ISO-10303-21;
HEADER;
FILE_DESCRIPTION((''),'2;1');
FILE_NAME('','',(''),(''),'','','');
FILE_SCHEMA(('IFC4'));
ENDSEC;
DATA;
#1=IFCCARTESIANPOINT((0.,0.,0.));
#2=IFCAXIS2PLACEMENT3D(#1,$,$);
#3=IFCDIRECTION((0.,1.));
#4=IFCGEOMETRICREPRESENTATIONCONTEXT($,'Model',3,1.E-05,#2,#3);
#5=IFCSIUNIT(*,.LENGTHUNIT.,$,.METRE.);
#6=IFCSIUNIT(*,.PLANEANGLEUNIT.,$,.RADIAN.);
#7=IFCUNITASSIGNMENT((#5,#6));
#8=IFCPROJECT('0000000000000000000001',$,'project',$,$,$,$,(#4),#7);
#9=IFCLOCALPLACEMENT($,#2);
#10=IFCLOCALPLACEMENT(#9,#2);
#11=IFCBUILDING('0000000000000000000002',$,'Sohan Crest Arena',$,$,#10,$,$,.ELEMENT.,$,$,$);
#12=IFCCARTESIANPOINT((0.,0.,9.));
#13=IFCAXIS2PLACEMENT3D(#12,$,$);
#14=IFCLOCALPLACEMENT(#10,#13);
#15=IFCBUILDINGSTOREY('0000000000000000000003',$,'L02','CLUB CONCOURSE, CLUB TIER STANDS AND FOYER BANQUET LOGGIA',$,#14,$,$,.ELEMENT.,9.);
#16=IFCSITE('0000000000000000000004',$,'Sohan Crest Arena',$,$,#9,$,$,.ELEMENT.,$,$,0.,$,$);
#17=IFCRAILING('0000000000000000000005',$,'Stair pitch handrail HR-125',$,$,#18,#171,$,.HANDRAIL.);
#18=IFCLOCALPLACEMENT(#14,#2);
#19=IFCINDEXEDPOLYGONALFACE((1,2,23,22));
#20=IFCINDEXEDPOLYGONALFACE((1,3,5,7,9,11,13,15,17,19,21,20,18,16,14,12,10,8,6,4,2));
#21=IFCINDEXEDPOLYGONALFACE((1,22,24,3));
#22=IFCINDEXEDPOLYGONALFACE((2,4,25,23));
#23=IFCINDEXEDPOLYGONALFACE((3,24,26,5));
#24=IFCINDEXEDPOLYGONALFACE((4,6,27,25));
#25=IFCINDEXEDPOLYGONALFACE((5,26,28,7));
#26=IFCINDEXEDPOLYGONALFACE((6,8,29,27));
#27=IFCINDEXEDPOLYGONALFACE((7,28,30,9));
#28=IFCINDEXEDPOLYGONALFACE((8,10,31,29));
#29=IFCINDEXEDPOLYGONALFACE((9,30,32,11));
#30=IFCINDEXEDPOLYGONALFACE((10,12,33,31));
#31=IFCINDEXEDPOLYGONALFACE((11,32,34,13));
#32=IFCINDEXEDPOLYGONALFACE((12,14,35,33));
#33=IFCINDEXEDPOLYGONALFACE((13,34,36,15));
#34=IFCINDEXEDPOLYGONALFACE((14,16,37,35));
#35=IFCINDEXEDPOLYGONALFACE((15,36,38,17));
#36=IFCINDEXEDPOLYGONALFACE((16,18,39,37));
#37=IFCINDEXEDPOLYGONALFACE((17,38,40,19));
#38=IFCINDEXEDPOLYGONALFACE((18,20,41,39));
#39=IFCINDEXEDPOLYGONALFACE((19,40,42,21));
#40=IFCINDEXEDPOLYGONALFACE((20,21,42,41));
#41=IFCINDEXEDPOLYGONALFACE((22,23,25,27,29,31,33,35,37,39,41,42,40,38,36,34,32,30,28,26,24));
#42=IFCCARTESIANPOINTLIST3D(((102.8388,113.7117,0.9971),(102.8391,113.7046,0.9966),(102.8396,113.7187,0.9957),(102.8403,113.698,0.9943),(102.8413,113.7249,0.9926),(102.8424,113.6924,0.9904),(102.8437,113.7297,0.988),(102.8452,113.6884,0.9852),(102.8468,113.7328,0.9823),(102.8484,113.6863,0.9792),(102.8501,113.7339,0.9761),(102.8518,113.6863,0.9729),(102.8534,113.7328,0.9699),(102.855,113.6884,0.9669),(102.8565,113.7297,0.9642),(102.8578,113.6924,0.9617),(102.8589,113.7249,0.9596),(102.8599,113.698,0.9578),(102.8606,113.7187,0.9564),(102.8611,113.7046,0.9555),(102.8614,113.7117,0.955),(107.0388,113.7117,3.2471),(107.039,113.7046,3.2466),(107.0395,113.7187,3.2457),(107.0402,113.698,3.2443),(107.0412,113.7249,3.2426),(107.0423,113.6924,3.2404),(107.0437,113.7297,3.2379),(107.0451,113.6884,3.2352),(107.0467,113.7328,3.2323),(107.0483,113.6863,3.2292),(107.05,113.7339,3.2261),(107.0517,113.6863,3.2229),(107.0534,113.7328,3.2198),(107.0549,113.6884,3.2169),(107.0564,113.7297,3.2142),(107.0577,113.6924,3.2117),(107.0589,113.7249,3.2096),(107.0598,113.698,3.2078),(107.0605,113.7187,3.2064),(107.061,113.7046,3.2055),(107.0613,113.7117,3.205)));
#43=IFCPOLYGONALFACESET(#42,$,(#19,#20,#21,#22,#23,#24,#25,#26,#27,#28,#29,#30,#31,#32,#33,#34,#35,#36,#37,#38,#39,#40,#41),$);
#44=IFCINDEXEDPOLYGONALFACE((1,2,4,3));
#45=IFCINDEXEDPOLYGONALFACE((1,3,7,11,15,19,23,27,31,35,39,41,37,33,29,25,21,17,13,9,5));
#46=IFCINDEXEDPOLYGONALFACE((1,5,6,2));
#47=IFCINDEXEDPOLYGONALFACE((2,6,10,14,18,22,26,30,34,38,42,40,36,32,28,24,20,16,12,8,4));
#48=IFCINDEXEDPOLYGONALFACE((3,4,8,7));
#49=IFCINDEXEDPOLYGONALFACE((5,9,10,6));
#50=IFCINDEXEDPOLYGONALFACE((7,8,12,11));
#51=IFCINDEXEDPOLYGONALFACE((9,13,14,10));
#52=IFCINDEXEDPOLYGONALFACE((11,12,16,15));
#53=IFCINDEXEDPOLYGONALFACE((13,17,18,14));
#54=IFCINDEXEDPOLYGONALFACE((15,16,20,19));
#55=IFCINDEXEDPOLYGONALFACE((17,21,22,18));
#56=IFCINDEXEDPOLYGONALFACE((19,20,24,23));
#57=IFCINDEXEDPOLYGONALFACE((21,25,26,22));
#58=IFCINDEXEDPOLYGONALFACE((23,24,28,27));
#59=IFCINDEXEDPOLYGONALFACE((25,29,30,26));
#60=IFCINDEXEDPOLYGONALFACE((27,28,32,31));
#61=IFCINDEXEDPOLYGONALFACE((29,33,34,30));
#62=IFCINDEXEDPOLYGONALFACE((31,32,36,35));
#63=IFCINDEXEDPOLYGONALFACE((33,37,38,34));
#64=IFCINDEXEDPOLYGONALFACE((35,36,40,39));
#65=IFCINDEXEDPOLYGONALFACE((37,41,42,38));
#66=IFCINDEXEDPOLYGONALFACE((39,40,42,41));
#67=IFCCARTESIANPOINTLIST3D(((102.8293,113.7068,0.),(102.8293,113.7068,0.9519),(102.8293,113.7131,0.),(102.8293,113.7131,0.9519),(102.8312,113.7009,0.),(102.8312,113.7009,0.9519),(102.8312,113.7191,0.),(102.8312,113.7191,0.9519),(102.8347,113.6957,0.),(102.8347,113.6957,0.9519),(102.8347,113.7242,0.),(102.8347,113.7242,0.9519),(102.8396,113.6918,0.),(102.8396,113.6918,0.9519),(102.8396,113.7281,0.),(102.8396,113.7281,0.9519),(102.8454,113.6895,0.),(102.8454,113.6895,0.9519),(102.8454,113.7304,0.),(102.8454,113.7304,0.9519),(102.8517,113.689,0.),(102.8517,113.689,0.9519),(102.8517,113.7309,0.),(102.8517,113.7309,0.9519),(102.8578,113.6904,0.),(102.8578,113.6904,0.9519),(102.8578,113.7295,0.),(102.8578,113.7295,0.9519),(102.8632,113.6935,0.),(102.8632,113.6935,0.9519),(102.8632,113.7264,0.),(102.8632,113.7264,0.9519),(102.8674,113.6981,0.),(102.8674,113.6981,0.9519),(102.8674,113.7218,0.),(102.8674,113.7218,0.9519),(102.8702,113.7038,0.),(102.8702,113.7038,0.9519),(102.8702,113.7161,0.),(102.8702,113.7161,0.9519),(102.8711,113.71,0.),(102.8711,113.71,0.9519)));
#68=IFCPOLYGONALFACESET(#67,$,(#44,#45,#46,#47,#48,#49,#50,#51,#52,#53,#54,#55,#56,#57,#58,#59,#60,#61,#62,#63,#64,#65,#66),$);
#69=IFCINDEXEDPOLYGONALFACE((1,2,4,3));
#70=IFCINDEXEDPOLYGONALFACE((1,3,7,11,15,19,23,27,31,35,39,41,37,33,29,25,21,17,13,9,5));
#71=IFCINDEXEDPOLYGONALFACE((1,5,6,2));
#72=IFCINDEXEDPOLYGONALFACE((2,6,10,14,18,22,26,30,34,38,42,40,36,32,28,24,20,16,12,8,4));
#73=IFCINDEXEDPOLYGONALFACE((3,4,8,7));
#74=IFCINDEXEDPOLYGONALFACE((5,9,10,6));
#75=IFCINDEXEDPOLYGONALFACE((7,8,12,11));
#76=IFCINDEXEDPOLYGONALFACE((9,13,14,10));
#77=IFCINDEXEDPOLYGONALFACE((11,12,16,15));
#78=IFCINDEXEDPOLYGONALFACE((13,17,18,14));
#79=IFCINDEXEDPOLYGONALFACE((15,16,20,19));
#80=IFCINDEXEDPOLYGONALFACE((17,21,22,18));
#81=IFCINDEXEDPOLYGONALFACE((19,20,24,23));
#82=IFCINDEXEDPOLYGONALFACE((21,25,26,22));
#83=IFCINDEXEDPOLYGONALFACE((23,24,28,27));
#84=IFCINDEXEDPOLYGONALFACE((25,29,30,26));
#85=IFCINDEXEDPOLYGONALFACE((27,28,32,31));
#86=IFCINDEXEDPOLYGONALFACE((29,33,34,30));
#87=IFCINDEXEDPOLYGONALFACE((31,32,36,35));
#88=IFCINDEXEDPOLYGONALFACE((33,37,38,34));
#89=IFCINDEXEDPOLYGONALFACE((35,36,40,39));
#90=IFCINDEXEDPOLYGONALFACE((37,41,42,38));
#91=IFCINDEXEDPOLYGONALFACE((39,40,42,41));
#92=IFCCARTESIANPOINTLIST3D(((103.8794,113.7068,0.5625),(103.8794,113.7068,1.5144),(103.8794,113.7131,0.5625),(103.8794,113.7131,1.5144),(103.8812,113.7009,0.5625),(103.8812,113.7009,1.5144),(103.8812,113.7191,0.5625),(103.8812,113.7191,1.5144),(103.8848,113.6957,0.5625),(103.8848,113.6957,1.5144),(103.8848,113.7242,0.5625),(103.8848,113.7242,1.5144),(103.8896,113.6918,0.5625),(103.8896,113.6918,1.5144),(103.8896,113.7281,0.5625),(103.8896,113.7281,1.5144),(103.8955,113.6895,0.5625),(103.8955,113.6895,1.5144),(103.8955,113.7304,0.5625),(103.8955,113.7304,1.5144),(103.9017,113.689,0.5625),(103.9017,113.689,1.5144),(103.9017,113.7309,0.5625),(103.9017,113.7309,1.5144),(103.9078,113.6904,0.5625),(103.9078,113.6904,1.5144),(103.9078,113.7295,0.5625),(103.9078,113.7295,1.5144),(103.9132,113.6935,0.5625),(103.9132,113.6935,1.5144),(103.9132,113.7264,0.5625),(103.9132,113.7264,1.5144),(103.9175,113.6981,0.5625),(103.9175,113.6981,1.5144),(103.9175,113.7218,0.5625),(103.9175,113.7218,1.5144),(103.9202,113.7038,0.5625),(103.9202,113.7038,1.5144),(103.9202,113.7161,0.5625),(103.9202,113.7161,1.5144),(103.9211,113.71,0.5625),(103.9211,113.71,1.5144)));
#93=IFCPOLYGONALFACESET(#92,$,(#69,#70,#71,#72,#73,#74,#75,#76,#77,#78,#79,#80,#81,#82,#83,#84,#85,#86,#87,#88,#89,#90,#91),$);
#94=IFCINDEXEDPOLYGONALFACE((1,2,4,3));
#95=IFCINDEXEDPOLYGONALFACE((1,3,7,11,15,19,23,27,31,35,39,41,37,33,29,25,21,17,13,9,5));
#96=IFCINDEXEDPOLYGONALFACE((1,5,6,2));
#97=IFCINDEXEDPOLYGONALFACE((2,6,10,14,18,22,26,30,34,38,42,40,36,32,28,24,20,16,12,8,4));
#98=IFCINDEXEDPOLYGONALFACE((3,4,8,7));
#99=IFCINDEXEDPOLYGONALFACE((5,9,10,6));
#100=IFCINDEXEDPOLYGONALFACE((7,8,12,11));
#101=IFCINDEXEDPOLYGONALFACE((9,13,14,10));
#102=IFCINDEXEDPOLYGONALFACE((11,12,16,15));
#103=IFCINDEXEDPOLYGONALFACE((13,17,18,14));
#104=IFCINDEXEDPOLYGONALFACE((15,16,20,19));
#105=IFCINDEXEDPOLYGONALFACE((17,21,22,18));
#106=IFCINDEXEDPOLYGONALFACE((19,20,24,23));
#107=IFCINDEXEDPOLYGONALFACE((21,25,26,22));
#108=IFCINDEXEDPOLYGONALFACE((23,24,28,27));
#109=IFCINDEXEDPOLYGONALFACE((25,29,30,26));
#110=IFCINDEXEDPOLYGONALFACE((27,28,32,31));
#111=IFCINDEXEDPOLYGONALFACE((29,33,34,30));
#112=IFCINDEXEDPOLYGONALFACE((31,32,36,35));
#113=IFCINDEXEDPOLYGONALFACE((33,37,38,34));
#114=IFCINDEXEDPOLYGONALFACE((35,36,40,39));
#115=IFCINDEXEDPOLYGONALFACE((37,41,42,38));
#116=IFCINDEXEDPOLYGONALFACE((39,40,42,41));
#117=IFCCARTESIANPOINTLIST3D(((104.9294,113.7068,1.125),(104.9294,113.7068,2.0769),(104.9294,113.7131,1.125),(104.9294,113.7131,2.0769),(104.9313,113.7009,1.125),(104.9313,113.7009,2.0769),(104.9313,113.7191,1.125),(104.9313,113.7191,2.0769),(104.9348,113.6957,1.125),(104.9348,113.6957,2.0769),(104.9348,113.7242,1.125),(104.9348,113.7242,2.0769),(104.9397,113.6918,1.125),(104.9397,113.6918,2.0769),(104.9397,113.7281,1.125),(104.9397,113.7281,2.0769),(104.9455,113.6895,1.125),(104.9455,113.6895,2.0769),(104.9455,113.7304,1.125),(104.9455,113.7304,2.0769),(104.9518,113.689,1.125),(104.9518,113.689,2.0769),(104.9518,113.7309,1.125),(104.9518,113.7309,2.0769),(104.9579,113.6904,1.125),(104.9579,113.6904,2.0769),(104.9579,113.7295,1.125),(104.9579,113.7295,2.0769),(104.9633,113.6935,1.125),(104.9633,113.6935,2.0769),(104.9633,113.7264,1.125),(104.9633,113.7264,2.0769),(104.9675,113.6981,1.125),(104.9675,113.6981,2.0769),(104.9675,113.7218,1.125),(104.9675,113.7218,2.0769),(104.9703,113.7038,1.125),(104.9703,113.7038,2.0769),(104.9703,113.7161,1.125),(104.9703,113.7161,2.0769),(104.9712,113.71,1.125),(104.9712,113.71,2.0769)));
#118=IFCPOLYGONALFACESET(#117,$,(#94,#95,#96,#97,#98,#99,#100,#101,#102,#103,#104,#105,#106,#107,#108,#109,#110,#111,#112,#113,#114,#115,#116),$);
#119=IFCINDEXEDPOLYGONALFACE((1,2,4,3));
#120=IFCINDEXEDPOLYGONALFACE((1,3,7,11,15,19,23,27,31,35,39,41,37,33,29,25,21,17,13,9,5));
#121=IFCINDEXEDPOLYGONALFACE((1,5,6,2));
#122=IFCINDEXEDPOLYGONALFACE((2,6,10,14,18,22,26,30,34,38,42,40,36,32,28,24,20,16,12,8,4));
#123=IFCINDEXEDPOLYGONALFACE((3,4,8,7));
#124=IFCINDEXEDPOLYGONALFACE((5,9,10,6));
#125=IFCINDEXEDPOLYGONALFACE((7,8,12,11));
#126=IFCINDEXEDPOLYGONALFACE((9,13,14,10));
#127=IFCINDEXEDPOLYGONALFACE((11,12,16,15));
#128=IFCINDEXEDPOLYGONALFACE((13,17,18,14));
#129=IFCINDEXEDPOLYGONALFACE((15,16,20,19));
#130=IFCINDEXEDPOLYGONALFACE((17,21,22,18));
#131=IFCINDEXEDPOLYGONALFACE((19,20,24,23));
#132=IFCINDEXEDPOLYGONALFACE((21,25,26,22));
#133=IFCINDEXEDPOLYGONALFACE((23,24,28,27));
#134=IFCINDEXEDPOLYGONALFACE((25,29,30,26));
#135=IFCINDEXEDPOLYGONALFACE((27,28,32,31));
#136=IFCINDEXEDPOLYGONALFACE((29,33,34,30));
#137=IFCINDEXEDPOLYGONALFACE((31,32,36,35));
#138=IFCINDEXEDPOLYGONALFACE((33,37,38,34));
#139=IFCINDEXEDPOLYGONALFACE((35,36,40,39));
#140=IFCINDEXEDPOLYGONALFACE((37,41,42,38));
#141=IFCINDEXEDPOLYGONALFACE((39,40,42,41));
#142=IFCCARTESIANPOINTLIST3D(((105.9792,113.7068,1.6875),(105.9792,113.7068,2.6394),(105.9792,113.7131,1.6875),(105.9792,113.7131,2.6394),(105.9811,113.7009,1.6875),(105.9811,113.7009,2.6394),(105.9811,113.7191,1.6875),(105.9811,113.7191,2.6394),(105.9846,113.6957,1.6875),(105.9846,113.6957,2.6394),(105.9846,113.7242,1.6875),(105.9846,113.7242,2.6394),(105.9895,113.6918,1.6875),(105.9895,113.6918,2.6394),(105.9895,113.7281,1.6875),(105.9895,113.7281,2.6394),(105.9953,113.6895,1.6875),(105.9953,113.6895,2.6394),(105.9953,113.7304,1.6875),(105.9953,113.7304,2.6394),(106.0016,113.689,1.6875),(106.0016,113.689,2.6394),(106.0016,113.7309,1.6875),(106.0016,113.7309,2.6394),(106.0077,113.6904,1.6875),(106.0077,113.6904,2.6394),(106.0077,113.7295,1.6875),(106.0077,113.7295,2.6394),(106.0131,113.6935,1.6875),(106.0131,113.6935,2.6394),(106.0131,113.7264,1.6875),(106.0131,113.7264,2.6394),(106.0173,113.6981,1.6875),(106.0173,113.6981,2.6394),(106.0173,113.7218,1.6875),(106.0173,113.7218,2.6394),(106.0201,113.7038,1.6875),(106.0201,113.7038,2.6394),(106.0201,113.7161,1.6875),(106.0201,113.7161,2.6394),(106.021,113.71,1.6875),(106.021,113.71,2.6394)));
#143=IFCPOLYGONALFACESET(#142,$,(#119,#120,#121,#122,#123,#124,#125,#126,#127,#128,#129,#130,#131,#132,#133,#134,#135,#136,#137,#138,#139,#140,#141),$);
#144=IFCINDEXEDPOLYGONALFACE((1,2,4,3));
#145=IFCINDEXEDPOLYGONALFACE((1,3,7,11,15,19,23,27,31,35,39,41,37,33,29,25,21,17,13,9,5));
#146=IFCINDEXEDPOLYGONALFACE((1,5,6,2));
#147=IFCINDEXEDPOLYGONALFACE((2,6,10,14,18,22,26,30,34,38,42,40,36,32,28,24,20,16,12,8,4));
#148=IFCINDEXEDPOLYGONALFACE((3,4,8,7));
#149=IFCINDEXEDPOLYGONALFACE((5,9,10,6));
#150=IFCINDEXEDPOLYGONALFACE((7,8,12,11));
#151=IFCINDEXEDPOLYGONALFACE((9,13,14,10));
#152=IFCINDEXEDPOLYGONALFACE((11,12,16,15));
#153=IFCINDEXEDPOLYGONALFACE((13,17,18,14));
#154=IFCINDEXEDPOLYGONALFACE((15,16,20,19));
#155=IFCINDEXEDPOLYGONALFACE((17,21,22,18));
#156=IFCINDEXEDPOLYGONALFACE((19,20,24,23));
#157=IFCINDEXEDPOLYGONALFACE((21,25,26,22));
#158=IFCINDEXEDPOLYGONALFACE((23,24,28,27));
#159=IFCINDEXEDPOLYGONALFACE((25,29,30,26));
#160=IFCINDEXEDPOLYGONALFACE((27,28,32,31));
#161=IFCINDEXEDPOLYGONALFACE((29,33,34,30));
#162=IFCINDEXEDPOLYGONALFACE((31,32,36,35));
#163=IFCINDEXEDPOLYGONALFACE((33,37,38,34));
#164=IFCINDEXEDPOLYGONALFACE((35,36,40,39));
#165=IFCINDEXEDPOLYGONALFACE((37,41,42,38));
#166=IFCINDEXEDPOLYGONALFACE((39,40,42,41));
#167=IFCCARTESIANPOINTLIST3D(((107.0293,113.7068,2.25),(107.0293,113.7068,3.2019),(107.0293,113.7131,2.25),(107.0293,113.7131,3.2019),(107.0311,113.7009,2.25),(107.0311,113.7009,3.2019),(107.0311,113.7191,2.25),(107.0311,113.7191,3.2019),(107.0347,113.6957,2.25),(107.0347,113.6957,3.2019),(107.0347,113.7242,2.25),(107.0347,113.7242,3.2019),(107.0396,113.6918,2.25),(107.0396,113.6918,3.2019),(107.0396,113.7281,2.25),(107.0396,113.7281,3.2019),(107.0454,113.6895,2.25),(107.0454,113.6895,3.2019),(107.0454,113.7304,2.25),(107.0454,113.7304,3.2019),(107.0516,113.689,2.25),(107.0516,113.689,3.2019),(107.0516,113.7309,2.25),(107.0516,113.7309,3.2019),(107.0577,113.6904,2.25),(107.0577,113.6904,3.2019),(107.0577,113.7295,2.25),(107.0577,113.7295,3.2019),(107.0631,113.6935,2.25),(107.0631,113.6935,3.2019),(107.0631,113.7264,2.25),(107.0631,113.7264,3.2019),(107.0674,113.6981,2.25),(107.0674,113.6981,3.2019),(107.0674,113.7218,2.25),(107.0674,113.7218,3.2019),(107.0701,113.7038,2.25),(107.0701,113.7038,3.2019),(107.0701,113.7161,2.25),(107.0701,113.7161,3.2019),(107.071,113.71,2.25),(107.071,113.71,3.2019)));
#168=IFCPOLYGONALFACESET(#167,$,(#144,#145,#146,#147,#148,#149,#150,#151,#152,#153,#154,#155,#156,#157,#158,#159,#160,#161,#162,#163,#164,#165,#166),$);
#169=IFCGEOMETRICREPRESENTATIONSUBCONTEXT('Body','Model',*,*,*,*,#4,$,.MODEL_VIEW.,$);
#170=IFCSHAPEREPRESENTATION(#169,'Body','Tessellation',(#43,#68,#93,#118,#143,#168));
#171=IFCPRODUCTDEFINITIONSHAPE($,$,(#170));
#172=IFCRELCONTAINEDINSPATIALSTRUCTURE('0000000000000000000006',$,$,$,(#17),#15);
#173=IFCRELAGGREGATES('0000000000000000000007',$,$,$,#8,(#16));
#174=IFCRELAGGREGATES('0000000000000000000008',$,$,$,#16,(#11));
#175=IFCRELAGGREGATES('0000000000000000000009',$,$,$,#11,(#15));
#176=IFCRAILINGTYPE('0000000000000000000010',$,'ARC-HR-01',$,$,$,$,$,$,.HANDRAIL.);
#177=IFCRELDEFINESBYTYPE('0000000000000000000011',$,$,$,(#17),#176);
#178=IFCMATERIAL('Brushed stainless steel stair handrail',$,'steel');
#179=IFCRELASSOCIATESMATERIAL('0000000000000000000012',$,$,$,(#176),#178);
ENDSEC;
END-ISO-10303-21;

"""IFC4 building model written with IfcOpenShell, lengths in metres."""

from ifc_helpers import new_model, si_unit, direction, frame, origin, origin_2d, place, context, subcontext, project, spatial, circle, extrude, material, type_object, element, save


model = new_model("IFC4")

# Units and contexts
model_context = context("Model", 3, precision=1e-05, world=origin(), true_north=direction((0.0, 1.0)))
body_context = subcontext(model_context, "Body", "Model", "MODEL_VIEW")
ifc_project = project(units=[si_unit("LENGTHUNIT", "METRE"), si_unit("PLANEANGLEUNIT", "RADIAN")], contexts=[model_context])

# Site, building, storey
site_placement = place(None, origin())
site = spatial("IfcSite", under=ifc_project, at=site_placement, Name="Sohan Crest Arena", CompositionType="ELEMENT", RefElevation=0.0)
building_placement = place(site_placement, origin())
building = spatial("IfcBuilding", under=site, at=building_placement, Name="Sohan Crest Arena", CompositionType="ELEMENT")
storey_placement = place(building_placement, frame((0.0, 0.0, 9.0)))
storey = spatial("IfcBuildingStorey", under=building, at=storey_placement, Name="L02", Description="CLUB CONCOURSE, CLUB TIER STANDS AND FOYER BANQUET LOGGIA", CompositionType="ELEMENT", Elevation=9.0)

# Railing
ifc_material_1 = material(Name="Brushed stainless steel stair handrail", Category="steel")
railing_type_1 = type_object("IfcRailingType", Name="ARC-HR-01", PredefinedType="HANDRAIL", material=ifc_material_1)
for number, where, name in (
    (1, (102.8501, 113.71, 0.0), "Stair pitch handrail HR-125"),
):
    element("IfcRailing", number, at=place(storey_placement, frame(where)), inside=storey, type_object=railing_type_1, Name=name, PredefinedType="HANDRAIL", context=body_context, shape_type="SweptSolid", body=[
        extrude(circle(Radius=0.0239, at=origin_2d()), frame((0.0, 0.0, 0.9761), z_axis=(0.881478, 0.0, 0.472226), x_axis=(0.0, 1.0, 0.0)), (0.0, 0.0, 1.0), 4.7646),
        extrude(circle(Radius=0.021, at=origin_2d()), origin(), (0.0, 0.0, 1.0), 0.9519),
        extrude(circle(Radius=0.021, at=origin_2d()), frame((1.05, 0.0, 0.5625)), (0.0, 0.0, 1.0), 0.9519),
        extrude(circle(Radius=0.021, at=origin_2d()), frame((2.1001, 0.0, 1.125)), (0.0, 0.0, 1.0), 0.9519),
        extrude(circle(Radius=0.021, at=origin_2d()), frame((3.1499, 0.0, 1.6875)), (0.0, 0.0, 1.0), 0.9519),
        extrude(circle(Radius=0.021, at=origin_2d()), frame((4.2, 0.0, 2.25)), (0.0, 0.0, 1.0), 0.9519),
    ])

save(model, "model.ifc")
